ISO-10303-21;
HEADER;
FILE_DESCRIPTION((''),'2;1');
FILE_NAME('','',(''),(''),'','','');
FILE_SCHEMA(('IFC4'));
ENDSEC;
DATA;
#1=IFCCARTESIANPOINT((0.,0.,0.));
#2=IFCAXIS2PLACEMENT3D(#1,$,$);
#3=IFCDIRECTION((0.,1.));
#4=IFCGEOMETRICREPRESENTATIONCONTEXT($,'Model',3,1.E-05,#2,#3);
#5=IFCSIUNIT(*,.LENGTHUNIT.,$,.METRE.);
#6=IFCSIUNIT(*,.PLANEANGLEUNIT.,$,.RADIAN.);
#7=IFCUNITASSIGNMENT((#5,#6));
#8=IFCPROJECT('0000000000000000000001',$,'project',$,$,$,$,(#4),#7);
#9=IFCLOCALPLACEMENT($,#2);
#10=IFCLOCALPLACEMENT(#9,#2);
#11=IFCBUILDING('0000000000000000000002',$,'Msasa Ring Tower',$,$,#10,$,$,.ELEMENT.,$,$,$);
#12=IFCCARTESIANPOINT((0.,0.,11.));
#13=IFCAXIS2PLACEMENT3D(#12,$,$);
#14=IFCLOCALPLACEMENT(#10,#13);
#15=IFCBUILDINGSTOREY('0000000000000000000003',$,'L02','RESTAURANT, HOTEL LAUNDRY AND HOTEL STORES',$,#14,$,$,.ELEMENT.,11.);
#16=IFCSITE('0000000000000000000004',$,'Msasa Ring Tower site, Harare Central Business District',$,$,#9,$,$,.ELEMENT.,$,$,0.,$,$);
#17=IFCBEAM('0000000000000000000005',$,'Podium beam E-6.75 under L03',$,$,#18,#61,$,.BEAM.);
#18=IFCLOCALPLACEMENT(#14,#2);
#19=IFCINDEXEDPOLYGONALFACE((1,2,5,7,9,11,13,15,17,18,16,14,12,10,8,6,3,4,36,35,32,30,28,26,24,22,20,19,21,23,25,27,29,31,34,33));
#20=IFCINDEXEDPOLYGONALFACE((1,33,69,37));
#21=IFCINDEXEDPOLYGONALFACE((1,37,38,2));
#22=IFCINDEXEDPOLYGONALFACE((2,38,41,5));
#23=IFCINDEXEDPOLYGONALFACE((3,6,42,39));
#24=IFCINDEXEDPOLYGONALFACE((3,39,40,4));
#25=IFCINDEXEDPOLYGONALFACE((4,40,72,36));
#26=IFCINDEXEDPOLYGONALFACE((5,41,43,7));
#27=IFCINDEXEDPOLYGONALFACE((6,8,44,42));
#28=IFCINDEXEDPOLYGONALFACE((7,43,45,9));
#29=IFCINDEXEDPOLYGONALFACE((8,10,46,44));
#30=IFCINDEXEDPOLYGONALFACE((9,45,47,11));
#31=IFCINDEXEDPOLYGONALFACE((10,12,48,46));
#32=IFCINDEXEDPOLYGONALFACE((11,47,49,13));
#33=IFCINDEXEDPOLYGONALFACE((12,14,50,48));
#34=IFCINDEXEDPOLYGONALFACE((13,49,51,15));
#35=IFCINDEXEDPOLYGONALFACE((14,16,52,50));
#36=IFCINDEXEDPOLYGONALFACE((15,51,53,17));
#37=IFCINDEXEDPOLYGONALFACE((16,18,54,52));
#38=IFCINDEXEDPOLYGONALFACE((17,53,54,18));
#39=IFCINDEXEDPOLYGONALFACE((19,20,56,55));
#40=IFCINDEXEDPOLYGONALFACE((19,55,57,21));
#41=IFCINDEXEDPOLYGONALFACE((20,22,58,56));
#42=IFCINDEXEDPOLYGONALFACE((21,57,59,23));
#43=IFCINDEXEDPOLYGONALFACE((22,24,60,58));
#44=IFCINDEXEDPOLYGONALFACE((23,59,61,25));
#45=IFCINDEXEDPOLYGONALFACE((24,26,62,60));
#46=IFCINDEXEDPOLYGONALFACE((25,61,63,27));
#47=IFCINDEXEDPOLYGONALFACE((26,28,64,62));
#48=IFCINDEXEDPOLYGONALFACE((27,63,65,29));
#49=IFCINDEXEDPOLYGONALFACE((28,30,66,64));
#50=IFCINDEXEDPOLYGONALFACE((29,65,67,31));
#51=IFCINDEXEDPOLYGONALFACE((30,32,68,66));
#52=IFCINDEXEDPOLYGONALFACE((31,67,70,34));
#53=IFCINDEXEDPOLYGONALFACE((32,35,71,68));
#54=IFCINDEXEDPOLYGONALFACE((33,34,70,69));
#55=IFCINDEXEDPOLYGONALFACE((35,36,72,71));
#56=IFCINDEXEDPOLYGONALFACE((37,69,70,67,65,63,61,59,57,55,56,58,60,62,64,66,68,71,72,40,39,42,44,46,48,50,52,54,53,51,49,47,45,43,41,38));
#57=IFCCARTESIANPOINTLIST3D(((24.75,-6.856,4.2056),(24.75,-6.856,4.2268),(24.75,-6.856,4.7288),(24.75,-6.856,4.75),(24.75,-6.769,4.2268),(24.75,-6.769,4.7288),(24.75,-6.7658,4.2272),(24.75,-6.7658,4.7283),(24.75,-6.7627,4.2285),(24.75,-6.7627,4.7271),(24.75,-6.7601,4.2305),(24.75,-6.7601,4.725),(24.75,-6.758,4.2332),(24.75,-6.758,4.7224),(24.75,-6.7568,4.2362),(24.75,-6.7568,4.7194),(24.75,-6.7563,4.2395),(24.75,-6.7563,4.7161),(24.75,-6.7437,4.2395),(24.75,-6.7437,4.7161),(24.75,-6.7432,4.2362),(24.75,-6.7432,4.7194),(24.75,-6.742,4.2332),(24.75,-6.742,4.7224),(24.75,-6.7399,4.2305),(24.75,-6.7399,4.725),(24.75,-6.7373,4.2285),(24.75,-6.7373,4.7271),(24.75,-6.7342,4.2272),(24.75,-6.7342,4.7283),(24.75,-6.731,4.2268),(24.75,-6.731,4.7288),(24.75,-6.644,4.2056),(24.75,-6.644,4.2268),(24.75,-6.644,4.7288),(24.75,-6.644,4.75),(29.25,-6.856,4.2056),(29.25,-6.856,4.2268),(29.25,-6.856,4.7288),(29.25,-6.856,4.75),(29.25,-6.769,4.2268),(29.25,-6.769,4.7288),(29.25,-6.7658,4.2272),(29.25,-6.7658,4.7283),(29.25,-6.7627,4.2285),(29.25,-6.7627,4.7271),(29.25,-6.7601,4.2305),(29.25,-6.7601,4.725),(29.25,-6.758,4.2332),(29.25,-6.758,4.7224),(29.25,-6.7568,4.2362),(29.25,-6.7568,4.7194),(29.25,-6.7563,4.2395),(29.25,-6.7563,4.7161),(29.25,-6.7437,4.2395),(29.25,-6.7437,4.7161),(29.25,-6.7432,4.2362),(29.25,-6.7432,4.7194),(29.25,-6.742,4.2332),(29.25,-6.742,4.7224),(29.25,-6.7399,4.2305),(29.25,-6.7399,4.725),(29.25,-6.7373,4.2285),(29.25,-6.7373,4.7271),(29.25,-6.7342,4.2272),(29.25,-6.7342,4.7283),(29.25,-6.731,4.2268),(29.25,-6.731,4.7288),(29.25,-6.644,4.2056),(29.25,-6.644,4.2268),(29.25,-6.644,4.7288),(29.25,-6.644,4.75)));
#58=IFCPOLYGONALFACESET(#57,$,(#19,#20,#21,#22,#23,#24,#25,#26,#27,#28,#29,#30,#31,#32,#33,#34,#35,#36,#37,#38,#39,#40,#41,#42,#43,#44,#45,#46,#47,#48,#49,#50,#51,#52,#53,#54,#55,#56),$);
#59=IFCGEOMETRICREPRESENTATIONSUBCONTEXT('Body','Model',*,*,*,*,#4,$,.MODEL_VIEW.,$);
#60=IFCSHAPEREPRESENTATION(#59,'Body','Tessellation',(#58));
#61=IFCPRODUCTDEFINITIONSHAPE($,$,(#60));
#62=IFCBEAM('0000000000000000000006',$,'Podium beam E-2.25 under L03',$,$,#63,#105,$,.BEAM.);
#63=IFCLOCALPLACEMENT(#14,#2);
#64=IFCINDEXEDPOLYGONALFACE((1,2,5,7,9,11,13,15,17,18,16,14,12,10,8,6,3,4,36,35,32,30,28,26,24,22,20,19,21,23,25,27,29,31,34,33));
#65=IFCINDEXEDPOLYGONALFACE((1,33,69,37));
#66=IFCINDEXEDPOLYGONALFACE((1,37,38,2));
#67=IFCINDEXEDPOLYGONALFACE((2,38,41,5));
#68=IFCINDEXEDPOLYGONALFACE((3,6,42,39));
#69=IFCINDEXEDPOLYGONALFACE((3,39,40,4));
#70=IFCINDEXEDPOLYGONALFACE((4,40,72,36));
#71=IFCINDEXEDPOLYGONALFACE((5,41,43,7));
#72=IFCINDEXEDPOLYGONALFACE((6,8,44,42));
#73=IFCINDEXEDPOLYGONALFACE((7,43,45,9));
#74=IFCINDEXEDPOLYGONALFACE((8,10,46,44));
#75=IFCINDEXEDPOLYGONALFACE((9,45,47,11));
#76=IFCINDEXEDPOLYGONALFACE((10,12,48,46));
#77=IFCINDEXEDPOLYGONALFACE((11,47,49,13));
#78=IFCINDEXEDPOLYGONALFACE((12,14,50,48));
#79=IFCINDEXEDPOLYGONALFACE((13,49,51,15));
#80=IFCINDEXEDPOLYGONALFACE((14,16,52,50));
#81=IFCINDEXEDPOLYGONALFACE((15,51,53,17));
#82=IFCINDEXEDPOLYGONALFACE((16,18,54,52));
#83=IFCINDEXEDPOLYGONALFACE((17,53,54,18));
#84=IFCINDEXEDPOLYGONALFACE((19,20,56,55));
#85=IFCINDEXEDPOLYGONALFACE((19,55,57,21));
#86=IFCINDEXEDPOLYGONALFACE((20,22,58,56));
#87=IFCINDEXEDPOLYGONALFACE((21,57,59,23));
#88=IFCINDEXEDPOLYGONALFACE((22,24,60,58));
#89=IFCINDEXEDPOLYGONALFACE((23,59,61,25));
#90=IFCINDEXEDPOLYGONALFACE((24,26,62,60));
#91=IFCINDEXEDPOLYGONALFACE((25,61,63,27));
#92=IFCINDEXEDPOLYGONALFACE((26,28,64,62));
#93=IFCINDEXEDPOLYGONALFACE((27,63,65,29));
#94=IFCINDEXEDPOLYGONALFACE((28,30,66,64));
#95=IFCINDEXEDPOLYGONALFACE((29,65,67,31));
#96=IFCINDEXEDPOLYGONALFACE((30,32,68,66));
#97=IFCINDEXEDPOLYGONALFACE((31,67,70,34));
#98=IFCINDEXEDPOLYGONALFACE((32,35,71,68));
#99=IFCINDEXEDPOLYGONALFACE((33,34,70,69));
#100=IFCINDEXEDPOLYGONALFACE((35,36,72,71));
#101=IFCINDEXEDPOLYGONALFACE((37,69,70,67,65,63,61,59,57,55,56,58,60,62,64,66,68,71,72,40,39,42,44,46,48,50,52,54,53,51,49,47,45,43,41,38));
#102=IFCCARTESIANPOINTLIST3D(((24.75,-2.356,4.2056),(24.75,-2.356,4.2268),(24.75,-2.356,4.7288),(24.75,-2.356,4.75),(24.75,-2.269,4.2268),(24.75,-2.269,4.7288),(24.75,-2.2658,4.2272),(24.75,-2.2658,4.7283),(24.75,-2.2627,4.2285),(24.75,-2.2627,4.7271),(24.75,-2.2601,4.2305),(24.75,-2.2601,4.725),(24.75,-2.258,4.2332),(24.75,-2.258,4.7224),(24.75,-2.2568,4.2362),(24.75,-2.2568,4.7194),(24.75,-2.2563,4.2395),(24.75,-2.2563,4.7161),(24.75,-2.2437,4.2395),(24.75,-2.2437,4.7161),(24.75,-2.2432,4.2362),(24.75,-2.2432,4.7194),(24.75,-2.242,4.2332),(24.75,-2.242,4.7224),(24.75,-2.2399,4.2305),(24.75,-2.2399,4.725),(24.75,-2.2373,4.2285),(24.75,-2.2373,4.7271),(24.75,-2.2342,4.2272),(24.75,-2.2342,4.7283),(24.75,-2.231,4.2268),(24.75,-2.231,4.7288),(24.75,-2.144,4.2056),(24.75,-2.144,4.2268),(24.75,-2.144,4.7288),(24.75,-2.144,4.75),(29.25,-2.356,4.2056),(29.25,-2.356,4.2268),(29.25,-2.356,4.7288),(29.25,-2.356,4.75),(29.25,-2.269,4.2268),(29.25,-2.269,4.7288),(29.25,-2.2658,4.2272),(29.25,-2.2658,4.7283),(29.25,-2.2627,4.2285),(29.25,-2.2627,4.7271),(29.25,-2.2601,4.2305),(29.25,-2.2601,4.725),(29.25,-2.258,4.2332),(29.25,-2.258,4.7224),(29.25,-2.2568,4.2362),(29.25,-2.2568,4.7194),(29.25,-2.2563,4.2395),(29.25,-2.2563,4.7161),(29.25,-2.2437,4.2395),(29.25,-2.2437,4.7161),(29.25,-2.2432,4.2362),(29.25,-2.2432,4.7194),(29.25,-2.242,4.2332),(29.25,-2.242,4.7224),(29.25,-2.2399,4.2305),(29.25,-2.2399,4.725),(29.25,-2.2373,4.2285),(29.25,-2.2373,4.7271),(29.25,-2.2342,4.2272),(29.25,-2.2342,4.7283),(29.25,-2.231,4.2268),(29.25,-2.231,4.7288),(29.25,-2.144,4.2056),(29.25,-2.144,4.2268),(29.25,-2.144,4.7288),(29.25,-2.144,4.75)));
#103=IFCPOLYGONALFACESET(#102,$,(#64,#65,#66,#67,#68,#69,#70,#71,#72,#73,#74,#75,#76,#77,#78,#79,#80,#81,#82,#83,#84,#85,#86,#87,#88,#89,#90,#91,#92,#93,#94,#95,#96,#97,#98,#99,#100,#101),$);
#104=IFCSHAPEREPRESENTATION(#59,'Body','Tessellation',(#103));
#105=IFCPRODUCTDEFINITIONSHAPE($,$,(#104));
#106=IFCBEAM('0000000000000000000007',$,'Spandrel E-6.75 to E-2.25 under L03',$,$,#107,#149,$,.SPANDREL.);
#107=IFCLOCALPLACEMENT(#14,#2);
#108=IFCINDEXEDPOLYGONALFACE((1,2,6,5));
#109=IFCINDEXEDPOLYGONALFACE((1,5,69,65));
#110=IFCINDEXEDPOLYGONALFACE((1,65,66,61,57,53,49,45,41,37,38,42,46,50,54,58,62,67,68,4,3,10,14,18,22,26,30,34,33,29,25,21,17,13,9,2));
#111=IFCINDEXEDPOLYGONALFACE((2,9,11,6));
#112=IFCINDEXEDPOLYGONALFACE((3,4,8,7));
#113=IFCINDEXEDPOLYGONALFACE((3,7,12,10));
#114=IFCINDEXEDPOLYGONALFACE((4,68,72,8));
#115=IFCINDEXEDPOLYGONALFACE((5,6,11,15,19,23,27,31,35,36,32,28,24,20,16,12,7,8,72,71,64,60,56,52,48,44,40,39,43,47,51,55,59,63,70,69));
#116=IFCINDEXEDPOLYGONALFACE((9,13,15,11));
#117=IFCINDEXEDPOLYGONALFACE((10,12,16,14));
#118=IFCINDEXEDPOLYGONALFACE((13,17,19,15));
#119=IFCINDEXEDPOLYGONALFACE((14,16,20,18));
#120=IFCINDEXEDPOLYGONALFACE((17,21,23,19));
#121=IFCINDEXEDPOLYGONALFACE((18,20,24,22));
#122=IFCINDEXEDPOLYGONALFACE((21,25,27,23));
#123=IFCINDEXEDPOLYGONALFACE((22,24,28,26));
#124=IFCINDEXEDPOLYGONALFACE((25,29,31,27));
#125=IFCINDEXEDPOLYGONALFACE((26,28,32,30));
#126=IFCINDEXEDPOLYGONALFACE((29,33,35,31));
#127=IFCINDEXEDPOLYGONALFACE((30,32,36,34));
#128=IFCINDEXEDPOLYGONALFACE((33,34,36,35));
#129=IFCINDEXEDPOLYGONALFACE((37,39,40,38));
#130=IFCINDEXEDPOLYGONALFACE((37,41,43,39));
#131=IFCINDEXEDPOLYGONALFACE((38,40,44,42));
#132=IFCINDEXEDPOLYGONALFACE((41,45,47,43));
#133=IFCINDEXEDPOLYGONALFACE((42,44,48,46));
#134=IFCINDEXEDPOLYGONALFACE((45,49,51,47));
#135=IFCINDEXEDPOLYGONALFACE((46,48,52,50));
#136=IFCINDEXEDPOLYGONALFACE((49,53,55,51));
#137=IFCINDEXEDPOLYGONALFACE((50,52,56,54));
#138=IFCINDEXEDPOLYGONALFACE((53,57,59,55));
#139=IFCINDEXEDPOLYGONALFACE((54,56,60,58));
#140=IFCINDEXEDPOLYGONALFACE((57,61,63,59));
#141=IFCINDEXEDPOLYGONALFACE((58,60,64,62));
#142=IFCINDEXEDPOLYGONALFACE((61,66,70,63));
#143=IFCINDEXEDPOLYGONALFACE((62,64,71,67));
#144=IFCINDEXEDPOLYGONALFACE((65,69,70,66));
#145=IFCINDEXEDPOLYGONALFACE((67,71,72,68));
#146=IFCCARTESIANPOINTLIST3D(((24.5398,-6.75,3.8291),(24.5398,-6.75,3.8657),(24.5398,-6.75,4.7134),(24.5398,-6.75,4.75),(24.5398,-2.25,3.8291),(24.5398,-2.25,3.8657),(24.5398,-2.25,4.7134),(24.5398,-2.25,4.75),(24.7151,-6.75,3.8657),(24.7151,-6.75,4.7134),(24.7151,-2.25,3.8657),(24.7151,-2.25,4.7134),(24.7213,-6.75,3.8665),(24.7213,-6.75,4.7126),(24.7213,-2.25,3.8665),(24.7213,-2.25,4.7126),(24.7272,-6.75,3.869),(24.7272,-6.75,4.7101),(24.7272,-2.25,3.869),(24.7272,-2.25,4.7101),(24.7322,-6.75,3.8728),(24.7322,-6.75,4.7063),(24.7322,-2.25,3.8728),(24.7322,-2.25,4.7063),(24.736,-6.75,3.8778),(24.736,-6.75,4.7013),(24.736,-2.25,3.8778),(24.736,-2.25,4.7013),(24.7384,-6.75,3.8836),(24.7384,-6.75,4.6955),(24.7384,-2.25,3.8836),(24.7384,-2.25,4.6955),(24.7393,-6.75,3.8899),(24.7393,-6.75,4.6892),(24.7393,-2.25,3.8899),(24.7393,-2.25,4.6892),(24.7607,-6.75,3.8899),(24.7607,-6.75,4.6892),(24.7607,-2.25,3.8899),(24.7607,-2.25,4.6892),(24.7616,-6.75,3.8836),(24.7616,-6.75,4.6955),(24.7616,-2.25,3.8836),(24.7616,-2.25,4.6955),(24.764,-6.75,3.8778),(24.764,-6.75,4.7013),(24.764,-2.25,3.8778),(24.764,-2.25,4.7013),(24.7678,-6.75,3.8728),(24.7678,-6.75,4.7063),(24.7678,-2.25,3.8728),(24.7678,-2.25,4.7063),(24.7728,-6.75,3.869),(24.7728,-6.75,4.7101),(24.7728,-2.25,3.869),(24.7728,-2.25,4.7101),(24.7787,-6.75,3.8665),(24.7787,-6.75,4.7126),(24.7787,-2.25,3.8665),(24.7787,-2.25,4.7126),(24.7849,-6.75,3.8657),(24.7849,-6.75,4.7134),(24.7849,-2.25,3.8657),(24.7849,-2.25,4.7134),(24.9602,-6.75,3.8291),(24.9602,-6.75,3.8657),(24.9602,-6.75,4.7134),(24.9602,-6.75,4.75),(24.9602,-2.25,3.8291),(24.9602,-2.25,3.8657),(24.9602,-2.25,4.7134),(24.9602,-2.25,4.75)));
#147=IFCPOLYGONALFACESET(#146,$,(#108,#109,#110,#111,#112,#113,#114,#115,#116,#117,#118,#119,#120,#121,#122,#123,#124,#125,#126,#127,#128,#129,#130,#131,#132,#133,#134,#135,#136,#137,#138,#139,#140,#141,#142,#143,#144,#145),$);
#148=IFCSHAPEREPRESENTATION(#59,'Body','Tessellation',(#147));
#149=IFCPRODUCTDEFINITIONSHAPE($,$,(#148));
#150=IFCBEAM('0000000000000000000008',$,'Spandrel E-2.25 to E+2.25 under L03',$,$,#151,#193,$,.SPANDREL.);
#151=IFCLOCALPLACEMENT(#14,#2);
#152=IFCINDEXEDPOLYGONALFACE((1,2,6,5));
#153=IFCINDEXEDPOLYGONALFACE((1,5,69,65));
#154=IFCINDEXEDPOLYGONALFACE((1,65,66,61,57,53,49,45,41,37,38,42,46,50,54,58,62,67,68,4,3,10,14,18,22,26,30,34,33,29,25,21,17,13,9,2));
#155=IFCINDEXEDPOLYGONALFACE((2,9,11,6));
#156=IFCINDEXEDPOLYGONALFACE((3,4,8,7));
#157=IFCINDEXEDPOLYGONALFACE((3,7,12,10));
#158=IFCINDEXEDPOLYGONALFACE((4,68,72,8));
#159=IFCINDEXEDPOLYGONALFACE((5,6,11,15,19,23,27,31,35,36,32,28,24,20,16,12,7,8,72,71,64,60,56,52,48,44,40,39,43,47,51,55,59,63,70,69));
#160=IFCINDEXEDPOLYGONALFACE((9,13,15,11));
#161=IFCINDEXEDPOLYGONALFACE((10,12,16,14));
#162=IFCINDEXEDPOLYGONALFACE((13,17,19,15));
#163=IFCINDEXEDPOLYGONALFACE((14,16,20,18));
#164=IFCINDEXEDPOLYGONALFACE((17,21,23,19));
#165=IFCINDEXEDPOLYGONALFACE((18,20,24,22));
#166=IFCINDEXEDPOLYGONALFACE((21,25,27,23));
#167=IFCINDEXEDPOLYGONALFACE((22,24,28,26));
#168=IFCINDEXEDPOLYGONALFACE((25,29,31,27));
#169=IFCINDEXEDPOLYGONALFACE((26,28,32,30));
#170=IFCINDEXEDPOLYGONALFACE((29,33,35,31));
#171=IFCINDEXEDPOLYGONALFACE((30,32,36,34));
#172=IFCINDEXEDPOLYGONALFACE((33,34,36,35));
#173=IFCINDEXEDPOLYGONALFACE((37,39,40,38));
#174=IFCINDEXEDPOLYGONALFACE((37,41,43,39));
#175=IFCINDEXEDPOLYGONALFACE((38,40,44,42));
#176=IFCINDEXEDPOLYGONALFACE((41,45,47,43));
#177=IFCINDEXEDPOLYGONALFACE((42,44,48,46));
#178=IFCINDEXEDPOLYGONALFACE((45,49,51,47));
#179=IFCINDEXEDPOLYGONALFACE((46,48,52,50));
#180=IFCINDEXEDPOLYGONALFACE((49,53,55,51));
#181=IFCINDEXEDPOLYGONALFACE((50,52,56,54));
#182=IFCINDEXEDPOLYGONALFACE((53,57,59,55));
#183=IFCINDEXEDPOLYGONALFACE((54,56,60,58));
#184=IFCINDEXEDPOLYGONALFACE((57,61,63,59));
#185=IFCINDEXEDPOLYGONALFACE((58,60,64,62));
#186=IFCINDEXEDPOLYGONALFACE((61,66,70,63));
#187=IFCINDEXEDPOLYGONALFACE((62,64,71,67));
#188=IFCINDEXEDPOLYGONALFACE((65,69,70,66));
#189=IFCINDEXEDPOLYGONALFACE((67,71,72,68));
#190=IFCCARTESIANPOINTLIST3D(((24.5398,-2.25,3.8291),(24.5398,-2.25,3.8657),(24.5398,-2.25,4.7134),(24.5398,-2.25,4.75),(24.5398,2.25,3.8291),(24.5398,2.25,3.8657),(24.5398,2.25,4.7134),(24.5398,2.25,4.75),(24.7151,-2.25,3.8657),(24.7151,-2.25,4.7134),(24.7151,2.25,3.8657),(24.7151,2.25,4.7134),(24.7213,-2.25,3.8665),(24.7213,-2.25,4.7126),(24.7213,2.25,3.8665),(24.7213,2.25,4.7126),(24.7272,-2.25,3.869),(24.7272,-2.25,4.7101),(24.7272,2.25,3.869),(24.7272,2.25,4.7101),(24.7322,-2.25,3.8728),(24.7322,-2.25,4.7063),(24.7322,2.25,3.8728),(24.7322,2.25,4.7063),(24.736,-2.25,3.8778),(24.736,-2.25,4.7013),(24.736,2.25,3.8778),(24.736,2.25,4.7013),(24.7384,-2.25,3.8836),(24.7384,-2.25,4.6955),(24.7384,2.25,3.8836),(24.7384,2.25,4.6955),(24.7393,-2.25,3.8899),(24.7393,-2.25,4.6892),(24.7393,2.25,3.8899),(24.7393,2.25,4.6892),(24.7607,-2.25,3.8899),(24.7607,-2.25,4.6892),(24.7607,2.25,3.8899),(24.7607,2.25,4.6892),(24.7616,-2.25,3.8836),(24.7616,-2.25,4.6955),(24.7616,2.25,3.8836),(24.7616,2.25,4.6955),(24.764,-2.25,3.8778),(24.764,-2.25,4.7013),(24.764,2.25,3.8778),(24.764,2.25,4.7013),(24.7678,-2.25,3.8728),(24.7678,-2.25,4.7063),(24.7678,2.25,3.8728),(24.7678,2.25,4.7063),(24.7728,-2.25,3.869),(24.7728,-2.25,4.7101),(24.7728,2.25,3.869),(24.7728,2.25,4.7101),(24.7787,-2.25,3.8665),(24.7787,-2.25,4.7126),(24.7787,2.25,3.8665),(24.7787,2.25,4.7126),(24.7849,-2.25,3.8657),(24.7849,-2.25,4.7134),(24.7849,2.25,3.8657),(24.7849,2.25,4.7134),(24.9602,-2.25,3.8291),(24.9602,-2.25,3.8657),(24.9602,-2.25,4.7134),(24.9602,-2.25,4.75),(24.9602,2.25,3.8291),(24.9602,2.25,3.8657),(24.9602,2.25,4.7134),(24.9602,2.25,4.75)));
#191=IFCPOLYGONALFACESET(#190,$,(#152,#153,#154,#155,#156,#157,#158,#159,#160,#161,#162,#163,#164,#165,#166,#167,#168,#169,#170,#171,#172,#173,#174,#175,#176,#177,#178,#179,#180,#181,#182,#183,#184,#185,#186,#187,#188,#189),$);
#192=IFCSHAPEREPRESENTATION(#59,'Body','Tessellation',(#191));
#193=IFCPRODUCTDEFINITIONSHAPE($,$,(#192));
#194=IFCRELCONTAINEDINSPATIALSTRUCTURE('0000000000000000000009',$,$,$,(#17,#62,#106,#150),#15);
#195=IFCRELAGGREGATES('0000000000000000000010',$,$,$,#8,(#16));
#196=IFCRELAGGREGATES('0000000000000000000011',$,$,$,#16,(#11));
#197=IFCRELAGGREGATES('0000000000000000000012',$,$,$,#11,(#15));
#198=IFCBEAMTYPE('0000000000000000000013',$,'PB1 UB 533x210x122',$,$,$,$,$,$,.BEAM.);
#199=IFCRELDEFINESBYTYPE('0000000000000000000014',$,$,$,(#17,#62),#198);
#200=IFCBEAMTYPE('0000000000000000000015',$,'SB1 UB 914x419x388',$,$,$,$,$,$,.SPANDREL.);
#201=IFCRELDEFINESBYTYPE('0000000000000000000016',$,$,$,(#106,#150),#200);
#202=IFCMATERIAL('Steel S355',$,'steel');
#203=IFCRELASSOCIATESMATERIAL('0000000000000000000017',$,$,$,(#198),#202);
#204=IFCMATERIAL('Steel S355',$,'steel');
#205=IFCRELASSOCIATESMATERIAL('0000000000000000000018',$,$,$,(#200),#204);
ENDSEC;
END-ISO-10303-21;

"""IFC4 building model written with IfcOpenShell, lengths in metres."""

from ifc_helpers import new_model, si_unit, direction, frame, origin, origin_2d, place, context, subcontext, project, spatial, i_section, extrude, material, material_profile, profile_set, type_object, element, save


model = new_model("IFC4")

# Units and contexts
model_context = context("Model", 3, precision=1e-05, world=origin(), true_north=direction((0.0, 1.0)))
body_context = subcontext(model_context, "Body", "Model", "MODEL_VIEW")
ifc_project = project(units=[si_unit("LENGTHUNIT", "METRE"), si_unit("PLANEANGLEUNIT", "RADIAN")], contexts=[model_context])

# Site, building, storey
site_placement = place(None, origin())
site = spatial("IfcSite", under=ifc_project, at=site_placement, Name="Msasa Ring Tower site, Harare Central Business District", CompositionType="ELEMENT", RefElevation=0.0)
building_placement = place(site_placement, origin())
building = spatial("IfcBuilding", under=site, at=building_placement, Name="Msasa Ring Tower", CompositionType="ELEMENT")
storey_placement = place(building_placement, frame((0.0, 0.0, 11.0)))
storey = spatial("IfcBuildingStorey", under=building, at=storey_placement, Name="L02", Description="RESTAURANT, HOTEL LAUNDRY AND HOTEL STORES", CompositionType="ELEMENT", Elevation=11.0)

# Beams
ifc_material_1 = material(Name="Steel S355", Category="steel")
ifc_material_profile_1 = material_profile(ifc_material_1, i_section(OverallWidth=0.2119, OverallDepth=0.5444, WebThickness=0.0127, FlangeThickness=0.0212, FilletRadius=0.0127, at=origin_2d()), Name="UB 533x210x122")
ifc_profile_set_1 = profile_set([ifc_material_profile_1], Name="Steel S355")
beam_type_1 = type_object("IfcBeamType", Name="PB1 UB 533x210x122", PredefinedType="BEAM", material=ifc_profile_set_1)
for number, where, z_axis, x_axis, name in (
    (1, (29.25, -6.75, 4.4778), (-1.0, 0.0, 0.0), (0.0, -1.0, 0.0), "Podium beam E-6.75 under L03"),
    (2, (29.25, -2.25, 4.4778), (-1.0, 0.0, 0.0), (0.0, -1.0, 0.0), "Podium beam E-2.25 under L03"),
):
    element("IfcBeam", number, at=place(storey_placement, frame(where, z_axis=z_axis, x_axis=x_axis)), inside=storey, type_object=beam_type_1, Name=name, PredefinedType="BEAM", context=body_context, shape_type="SweptSolid", body=[
        extrude(i_section(OverallWidth=0.2119, OverallDepth=0.5444, WebThickness=0.0127, FlangeThickness=0.0212, FilletRadius=0.0127, at=origin_2d()), origin(), (0.0, 0.0, 1.0), 4.5),
    ])
ifc_material_2 = material(Name="Steel S355", Category="steel")
ifc_material_profile_2 = material_profile(ifc_material_2, i_section(OverallWidth=0.4204, OverallDepth=0.9209, WebThickness=0.0215, FlangeThickness=0.0366, FilletRadius=0.0242, at=origin_2d()), Name="UB 914x419x388")
ifc_profile_set_2 = profile_set([ifc_material_profile_2], Name="Steel S355")
beam_type_2 = type_object("IfcBeamType", Name="SB1 UB 914x419x388", PredefinedType="SPANDREL", material=ifc_profile_set_2)
for number, where, z_axis, x_axis, name in (
    (3, (24.75, -6.75, 4.2896), (0.0, 1.0, 0.0), (-1.0, 0.0, 0.0), "Spandrel E-6.75 to E-2.25 under L03"),
    (4, (24.75, -2.25, 4.2896), (0.0, 1.0, 0.0), (-1.0, 0.0, 0.0), "Spandrel E-2.25 to E+2.25 under L03"),
):
    element("IfcBeam", number, at=place(storey_placement, frame(where, z_axis=z_axis, x_axis=x_axis)), inside=storey, type_object=beam_type_2, Name=name, PredefinedType="SPANDREL", context=body_context, shape_type="SweptSolid", body=[
        extrude(i_section(OverallWidth=0.4204, OverallDepth=0.9209, WebThickness=0.0215, FlangeThickness=0.0366, FilletRadius=0.0242, at=origin_2d()), origin(), (0.0, 0.0, 1.0), 4.5),
    ])

save(model, "model.ifc")
